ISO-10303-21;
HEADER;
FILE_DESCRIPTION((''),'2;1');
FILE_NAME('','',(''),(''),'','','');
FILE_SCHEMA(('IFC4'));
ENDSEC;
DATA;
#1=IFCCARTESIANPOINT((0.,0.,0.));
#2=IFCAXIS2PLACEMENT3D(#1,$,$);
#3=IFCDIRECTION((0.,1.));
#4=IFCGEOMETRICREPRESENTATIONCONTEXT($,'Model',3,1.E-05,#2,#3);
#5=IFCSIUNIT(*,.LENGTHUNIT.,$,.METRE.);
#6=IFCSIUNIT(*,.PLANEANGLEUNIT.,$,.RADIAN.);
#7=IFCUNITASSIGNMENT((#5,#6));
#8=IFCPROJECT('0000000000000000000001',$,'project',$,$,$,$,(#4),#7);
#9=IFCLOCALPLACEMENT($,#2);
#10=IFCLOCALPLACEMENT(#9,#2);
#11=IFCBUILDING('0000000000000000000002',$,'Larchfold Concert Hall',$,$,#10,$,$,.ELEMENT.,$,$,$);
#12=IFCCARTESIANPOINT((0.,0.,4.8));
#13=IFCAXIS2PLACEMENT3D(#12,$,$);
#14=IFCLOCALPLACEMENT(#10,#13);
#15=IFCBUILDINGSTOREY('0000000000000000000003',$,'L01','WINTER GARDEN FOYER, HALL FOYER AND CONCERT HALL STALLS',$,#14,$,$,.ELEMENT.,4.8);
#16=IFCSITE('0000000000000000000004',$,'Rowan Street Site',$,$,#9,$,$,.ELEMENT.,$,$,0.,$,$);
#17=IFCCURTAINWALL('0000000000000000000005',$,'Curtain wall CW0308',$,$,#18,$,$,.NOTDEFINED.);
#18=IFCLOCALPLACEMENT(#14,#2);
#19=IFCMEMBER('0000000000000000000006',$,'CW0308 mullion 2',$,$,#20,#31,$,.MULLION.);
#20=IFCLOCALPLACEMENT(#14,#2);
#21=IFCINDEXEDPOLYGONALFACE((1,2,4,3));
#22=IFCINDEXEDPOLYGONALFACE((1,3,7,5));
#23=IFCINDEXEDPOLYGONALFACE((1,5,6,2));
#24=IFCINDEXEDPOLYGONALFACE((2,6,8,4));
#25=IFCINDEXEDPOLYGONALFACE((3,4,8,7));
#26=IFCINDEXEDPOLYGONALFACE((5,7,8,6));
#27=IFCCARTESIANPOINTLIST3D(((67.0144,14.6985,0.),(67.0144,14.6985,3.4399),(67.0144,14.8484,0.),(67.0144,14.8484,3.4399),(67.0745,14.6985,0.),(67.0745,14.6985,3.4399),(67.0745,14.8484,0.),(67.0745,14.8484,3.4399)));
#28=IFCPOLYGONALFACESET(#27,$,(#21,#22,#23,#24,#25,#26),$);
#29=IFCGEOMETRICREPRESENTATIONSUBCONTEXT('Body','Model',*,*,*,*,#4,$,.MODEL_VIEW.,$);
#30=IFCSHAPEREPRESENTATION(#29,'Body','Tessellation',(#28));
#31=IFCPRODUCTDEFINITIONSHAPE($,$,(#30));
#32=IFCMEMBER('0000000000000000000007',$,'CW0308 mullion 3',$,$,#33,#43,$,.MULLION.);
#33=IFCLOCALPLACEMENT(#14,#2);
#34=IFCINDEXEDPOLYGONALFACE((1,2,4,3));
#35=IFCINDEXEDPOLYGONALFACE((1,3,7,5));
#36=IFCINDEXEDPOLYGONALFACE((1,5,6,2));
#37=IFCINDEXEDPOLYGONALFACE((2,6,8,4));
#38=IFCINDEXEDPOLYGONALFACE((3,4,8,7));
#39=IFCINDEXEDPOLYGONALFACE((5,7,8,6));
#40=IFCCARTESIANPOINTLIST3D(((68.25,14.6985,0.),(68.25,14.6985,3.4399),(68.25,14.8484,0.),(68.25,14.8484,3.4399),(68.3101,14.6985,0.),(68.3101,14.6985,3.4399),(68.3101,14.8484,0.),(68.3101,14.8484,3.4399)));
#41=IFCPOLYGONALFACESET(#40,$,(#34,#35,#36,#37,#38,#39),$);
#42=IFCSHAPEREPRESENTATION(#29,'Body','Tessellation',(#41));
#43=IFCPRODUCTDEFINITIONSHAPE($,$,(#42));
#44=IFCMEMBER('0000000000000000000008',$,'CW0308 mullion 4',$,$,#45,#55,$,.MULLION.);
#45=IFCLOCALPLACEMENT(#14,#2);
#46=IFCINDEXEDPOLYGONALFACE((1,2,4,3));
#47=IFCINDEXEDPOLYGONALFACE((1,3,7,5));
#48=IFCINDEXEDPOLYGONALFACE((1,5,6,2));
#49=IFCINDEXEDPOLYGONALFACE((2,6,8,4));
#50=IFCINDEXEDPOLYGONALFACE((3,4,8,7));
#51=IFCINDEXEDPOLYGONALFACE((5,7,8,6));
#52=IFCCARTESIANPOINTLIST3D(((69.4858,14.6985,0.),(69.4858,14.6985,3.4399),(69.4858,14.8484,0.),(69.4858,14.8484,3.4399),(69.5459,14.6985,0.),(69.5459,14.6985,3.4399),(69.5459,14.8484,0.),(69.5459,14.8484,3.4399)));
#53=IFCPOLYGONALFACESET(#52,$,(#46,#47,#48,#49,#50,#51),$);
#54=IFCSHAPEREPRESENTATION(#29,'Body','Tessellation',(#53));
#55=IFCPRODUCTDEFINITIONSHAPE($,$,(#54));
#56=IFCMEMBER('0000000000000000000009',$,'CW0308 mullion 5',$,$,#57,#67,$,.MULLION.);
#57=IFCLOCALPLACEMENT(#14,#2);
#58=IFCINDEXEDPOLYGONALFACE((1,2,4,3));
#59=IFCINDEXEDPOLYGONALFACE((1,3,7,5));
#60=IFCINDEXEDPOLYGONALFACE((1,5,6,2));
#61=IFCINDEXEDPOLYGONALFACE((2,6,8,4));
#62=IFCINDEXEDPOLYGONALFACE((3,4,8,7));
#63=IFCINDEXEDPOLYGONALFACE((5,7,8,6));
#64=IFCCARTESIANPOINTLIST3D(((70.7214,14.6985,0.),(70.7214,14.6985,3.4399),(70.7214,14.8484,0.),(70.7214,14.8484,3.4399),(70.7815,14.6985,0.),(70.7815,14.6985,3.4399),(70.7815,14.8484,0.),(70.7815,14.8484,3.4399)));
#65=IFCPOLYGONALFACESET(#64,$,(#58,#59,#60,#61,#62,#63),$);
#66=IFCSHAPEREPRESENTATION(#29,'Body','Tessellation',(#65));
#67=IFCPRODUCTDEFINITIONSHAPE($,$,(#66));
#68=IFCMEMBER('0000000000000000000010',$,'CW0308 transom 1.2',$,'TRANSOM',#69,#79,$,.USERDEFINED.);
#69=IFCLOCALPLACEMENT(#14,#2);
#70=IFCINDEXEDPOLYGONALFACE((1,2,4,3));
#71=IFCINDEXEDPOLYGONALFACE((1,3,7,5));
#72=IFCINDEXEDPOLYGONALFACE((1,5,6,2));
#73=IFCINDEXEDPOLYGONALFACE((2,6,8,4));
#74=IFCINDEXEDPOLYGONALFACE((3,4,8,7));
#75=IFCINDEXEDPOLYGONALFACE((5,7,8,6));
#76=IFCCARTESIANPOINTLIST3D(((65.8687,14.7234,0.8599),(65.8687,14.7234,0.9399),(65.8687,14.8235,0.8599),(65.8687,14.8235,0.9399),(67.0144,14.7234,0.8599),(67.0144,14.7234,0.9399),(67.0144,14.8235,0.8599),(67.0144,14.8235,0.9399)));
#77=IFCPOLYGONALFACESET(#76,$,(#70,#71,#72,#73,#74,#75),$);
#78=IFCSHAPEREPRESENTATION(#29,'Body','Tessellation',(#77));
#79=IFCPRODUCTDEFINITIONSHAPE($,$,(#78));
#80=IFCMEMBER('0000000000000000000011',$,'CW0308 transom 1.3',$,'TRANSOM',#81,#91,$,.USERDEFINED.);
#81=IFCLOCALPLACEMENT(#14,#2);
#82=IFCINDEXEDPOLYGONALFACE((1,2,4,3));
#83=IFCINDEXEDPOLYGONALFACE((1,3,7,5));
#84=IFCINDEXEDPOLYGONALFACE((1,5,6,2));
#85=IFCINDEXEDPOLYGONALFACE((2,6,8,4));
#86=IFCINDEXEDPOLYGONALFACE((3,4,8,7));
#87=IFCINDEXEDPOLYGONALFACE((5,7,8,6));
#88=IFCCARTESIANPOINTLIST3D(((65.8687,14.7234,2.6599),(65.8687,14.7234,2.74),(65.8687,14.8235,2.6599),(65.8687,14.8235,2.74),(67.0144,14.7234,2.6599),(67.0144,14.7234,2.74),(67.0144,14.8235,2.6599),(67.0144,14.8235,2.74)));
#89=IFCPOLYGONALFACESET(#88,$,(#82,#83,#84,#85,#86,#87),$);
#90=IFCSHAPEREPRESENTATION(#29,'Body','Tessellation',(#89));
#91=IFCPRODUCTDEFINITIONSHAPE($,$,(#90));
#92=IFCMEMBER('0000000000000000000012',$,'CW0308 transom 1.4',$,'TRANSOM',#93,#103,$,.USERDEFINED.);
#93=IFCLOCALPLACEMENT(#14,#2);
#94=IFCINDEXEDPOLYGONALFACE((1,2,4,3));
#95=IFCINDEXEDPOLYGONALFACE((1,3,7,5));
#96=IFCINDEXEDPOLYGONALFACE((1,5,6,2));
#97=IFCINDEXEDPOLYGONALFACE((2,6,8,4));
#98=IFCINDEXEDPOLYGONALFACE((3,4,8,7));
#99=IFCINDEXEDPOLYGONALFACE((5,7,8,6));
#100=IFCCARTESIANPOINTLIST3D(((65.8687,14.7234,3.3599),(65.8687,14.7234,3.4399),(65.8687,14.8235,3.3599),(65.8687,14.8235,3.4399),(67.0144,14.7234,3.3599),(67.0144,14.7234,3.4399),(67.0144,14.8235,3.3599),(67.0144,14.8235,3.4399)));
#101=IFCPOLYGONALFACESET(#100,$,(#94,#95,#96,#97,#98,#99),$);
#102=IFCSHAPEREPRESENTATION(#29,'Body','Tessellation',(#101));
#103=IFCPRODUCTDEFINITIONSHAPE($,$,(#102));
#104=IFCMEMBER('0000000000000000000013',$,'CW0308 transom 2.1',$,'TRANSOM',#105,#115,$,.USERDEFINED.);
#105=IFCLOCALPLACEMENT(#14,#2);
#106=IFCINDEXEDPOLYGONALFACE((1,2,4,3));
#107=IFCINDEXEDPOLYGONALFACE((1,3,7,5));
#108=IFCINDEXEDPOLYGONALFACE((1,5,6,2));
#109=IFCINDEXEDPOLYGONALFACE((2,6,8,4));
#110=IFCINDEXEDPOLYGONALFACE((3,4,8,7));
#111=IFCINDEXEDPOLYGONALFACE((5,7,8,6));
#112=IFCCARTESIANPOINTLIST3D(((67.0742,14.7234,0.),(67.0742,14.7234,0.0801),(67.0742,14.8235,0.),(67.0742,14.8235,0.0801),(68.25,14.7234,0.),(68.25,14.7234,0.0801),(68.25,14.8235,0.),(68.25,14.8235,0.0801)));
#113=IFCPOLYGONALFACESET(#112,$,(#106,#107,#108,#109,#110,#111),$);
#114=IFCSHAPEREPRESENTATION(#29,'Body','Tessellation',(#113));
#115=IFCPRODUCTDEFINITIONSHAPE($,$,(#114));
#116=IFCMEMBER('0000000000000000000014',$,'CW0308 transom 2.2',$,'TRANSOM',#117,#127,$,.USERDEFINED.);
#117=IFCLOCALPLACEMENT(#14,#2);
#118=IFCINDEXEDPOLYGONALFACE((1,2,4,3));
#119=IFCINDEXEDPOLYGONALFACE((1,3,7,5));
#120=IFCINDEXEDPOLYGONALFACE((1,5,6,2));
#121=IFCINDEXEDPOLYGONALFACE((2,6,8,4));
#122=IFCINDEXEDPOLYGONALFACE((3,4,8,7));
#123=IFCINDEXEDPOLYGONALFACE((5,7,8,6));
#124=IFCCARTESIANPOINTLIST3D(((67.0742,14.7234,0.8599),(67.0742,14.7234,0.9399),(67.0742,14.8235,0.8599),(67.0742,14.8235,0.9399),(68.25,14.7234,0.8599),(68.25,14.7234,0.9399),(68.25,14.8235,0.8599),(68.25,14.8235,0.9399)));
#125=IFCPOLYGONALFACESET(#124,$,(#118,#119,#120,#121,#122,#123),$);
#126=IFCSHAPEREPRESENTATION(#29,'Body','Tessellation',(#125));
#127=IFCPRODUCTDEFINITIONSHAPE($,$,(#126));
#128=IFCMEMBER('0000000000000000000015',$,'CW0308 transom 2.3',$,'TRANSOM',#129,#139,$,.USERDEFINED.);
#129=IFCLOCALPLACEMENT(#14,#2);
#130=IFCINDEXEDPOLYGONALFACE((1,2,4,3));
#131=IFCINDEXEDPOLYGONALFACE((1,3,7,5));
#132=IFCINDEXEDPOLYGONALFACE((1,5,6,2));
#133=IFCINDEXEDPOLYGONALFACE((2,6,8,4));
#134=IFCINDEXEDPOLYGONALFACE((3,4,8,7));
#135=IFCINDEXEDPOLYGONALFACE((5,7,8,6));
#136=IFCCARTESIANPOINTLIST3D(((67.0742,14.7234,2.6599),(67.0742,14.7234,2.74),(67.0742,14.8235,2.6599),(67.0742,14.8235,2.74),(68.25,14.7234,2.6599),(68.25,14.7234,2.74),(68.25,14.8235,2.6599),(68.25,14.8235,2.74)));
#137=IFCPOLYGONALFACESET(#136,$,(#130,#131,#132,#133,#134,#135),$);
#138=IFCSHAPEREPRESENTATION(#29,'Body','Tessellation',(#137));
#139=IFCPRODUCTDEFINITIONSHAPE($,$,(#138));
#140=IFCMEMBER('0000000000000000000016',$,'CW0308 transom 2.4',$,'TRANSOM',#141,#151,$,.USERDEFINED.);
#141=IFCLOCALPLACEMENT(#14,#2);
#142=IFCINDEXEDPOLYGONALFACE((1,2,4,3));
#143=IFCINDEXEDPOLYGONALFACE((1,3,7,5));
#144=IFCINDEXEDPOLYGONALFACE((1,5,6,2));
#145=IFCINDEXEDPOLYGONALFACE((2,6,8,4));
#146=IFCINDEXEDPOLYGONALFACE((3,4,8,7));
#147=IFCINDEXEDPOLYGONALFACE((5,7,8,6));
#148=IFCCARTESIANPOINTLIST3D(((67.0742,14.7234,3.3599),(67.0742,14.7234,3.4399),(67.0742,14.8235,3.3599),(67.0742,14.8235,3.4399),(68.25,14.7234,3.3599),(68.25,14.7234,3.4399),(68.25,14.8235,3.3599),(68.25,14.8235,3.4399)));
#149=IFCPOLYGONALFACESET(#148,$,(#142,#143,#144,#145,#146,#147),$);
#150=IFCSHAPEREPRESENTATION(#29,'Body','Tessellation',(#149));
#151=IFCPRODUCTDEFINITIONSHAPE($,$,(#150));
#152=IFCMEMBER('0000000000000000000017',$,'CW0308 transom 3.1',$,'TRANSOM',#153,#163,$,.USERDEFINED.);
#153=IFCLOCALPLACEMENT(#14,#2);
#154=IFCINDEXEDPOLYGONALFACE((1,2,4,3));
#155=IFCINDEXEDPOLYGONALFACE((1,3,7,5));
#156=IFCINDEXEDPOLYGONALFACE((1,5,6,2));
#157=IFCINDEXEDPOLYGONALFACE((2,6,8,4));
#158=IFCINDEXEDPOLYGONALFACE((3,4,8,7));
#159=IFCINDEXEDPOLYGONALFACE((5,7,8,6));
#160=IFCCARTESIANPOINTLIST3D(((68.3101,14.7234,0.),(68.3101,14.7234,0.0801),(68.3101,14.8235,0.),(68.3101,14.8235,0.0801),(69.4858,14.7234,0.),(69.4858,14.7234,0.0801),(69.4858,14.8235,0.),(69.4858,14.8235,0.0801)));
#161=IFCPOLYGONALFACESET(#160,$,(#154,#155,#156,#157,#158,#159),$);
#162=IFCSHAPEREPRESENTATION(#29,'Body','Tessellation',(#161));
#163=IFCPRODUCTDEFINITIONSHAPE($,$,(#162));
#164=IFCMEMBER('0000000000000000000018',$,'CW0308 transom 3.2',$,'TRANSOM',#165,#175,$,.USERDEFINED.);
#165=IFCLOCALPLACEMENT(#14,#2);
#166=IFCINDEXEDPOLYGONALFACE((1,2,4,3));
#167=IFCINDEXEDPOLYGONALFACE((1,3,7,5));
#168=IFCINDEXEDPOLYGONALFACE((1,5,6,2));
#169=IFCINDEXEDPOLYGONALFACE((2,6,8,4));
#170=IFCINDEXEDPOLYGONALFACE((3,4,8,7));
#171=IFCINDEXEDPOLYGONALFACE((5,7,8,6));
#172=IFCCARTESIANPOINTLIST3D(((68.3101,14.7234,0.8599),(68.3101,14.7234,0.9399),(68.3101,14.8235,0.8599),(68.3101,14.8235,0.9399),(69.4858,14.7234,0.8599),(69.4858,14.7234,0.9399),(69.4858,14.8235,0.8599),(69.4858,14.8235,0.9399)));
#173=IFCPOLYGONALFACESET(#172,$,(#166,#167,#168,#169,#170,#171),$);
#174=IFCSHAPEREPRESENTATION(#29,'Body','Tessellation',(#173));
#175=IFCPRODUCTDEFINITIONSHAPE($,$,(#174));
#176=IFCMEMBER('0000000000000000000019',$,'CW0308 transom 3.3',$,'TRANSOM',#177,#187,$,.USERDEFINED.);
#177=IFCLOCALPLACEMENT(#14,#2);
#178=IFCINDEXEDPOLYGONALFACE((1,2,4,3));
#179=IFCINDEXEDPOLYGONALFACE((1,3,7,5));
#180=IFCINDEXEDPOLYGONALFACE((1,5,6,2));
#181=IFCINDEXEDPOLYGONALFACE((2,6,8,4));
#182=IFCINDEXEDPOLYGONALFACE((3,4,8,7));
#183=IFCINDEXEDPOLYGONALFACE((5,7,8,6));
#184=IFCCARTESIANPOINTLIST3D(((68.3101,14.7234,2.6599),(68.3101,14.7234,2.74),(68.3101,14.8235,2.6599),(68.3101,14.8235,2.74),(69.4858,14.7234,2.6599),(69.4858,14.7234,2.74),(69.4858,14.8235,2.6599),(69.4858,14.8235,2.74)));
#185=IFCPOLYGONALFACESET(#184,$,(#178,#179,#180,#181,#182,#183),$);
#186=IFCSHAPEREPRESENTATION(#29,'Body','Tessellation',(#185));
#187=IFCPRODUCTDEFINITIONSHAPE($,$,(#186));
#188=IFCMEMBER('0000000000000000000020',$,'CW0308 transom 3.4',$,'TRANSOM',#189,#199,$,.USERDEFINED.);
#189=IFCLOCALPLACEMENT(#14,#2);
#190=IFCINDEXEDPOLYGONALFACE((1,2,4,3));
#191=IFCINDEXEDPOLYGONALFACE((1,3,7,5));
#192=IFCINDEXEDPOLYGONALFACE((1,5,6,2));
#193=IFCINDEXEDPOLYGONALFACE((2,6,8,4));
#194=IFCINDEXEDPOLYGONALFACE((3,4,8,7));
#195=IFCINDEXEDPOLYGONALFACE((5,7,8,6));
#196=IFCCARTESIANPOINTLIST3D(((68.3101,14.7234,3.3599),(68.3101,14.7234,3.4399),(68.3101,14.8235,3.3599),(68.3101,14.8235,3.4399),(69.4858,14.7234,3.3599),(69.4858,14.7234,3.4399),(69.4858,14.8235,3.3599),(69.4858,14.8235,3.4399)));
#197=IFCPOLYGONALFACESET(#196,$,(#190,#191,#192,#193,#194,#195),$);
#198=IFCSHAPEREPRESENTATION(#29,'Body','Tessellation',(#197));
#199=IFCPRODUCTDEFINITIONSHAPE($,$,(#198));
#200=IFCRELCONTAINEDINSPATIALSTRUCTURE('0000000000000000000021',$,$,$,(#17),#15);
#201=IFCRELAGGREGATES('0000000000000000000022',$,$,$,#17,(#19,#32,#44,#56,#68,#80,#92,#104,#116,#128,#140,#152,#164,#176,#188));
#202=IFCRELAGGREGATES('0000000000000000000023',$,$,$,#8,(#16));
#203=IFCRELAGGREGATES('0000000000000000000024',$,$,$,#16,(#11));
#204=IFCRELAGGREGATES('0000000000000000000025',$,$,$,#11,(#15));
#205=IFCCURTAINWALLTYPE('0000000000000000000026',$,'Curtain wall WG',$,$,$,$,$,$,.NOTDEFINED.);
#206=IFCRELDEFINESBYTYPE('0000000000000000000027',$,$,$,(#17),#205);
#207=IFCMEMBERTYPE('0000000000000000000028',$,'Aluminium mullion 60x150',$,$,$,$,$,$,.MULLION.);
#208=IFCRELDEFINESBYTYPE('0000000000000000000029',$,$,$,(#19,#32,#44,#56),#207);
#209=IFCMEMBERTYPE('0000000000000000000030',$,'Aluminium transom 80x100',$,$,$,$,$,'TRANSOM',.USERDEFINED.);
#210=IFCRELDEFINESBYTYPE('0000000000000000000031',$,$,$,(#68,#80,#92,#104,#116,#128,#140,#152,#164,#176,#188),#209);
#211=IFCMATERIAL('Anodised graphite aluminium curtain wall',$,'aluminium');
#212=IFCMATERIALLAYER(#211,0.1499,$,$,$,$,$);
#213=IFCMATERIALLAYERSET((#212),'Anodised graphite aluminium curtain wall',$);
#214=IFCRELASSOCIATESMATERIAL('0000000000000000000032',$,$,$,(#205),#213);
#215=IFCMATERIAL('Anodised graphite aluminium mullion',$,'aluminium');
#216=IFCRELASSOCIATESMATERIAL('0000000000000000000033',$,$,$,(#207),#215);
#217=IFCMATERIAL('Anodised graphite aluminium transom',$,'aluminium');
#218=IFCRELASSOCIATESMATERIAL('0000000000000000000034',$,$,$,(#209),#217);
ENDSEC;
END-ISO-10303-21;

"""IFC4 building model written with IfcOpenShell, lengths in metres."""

from ifc_helpers import new_model, si_unit, direction, frame, origin, origin_2d, place, context, subcontext, project, spatial, rectangle, extrude, material, layer, layer_set, material_profile, profile_set, type_object, element, aggregate, save


model = new_model("IFC4")

# Units and contexts
model_context = context("Model", 3, precision=1e-05, world=origin(), true_north=direction((0.0, 1.0)))
body_context = subcontext(model_context, "Body", "Model", "MODEL_VIEW")
ifc_project = project(units=[si_unit("LENGTHUNIT", "METRE"), si_unit("PLANEANGLEUNIT", "RADIAN")], contexts=[model_context])

# Site, building, storey
site_placement = place(None, origin())
site = spatial("IfcSite", under=ifc_project, at=site_placement, Name="Rowan Street Site", CompositionType="ELEMENT", RefElevation=0.0)
building_placement = place(site_placement, origin())
building = spatial("IfcBuilding", under=site, at=building_placement, Name="Larchfold Concert Hall", CompositionType="ELEMENT")
storey_placement = place(building_placement, frame((0.0, 0.0, 4.8)))
storey = spatial("IfcBuildingStorey", under=building, at=storey_placement, Name="L01", Description="WINTER GARDEN FOYER, HALL FOYER AND CONCERT HALL STALLS", CompositionType="ELEMENT", Elevation=4.8)

# Curtain wall, members
ifc_material_1 = material(Name="Anodised graphite aluminium curtain wall", Category="aluminium")
ifc_layer_1 = layer(ifc_material_1, 0.1499)
ifc_layer_set_1 = layer_set([ifc_layer_1], Name="Anodised graphite aluminium curtain wall")
curtain_wall_type = type_object("IfcCurtainWallType", Name="Curtain wall WG", PredefinedType="NOTDEFINED", material=ifc_layer_set_1)
curtain_wall_placement = place(storey_placement, origin())
curtain_wall = element("IfcCurtainWall", 1, at=curtain_wall_placement, inside=storey, type_object=curtain_wall_type, Name="Curtain wall CW0308", PredefinedType="NOTDEFINED")
ifc_material_2 = material(Name="Anodised graphite aluminium mullion", Category="aluminium")
ifc_material_profile_1 = material_profile(ifc_material_2, rectangle(XDim=0.1499, YDim=0.0601, at=origin_2d()))
ifc_profile_set_1 = profile_set([ifc_material_profile_1], Name="Anodised graphite aluminium mullion")
member_type_1 = type_object("IfcMemberType", Name="Aluminium mullion 60x150", PredefinedType="MULLION", material=ifc_profile_set_1)
member_1_placement = place(storey_placement, frame((67.0444, 14.7734, 0.0), z_axis=(0.0, 0.0, 1.0), x_axis=(0.0, 1.0, 0.0)))
member_1 = element("IfcMember", 2, at=member_1_placement, type_object=member_type_1, Name="CW0308 mullion 2", PredefinedType="MULLION", context=body_context, shape_type="SweptSolid", body=[
    extrude(rectangle(XDim=0.1499, YDim=0.0601, at=origin_2d()), origin(), (0.0, 0.0, 1.0), 3.4399),
])
member_2_placement = place(storey_placement, frame((68.28, 14.7734, 0.0), z_axis=(0.0, 0.0, 1.0), x_axis=(0.0, 1.0, 0.0)))
member_2 = element("IfcMember", 3, at=member_2_placement, type_object=member_type_1, Name="CW0308 mullion 3", PredefinedType="MULLION", context=body_context, shape_type="SweptSolid", body=[
    extrude(rectangle(XDim=0.1499, YDim=0.0601, at=origin_2d()), origin(), (0.0, 0.0, 1.0), 3.4399),
])
member_3_placement = place(storey_placement, frame((69.5159, 14.7734, 0.0), z_axis=(0.0, 0.0, 1.0), x_axis=(0.0, 1.0, 0.0)))
member_3 = element("IfcMember", 4, at=member_3_placement, type_object=member_type_1, Name="CW0308 mullion 4", PredefinedType="MULLION", context=body_context, shape_type="SweptSolid", body=[
    extrude(rectangle(XDim=0.1499, YDim=0.0601, at=origin_2d()), origin(), (0.0, 0.0, 1.0), 3.4399),
])
member_4_placement = place(storey_placement, frame((70.7515, 14.7734, 0.0), z_axis=(0.0, 0.0, 1.0), x_axis=(0.0, 1.0, 0.0)))
member_4 = element("IfcMember", 5, at=member_4_placement, type_object=member_type_1, Name="CW0308 mullion 5", PredefinedType="MULLION", context=body_context, shape_type="SweptSolid", body=[
    extrude(rectangle(XDim=0.1499, YDim=0.0601, at=origin_2d()), origin(), (0.0, 0.0, 1.0), 3.4399),
])
ifc_material_3 = material(Name="Anodised graphite aluminium transom", Category="aluminium")
ifc_material_profile_2 = material_profile(ifc_material_3, rectangle(XDim=0.1001, YDim=0.0801, at=origin_2d()))
ifc_profile_set_2 = profile_set([ifc_material_profile_2], Name="Anodised graphite aluminium transom")
member_type_2 = type_object("IfcMemberType", Name="Aluminium transom 80x100", ElementType="TRANSOM", PredefinedType="USERDEFINED", material=ifc_profile_set_2)
member_5_placement = place(storey_placement, frame((65.8687, 14.7734, 0.8999), z_axis=(1.0, 0.0, 0.0), x_axis=(0.0, 1.0, 0.0)))
member_5 = element("IfcMember", 6, at=member_5_placement, type_object=member_type_2, Name="CW0308 transom 1.2", ObjectType="TRANSOM", PredefinedType="USERDEFINED", context=body_context, shape_type="SweptSolid", body=[
    extrude(rectangle(XDim=0.1001, YDim=0.0801, at=origin_2d()), origin(), (0.0, 0.0, 1.0), 1.1458),
])
member_6_placement = place(storey_placement, frame((65.8687, 14.7734, 2.7), z_axis=(1.0, 0.0, 0.0), x_axis=(0.0, 1.0, 0.0)))
member_6 = element("IfcMember", 7, at=member_6_placement, type_object=member_type_2, Name="CW0308 transom 1.3", ObjectType="TRANSOM", PredefinedType="USERDEFINED", context=body_context, shape_type="SweptSolid", body=[
    extrude(rectangle(XDim=0.1001, YDim=0.0801, at=origin_2d()), origin(), (0.0, 0.0, 1.0), 1.1458),
])
member_7_placement = place(storey_placement, frame((65.8687, 14.7734, 3.3999), z_axis=(1.0, 0.0, 0.0), x_axis=(0.0, 1.0, 0.0)))
member_7 = element("IfcMember", 8, at=member_7_placement, type_object=member_type_2, Name="CW0308 transom 1.4", ObjectType="TRANSOM", PredefinedType="USERDEFINED", context=body_context, shape_type="SweptSolid", body=[
    extrude(rectangle(XDim=0.1001, YDim=0.0801, at=origin_2d()), origin(), (0.0, 0.0, 1.0), 1.1458),
])
member_8_placement = place(storey_placement, frame((67.0742, 14.7734, 0.04), z_axis=(1.0, 0.0, 0.0), x_axis=(0.0, 1.0, 0.0)))
member_8 = element("IfcMember", 9, at=member_8_placement, type_object=member_type_2, Name="CW0308 transom 2.1", ObjectType="TRANSOM", PredefinedType="USERDEFINED", context=body_context, shape_type="SweptSolid", body=[
    extrude(rectangle(XDim=0.1001, YDim=0.0801, at=origin_2d()), origin(), (0.0, 0.0, 1.0), 1.1758),
])
member_9_placement = place(storey_placement, frame((67.0742, 14.7734, 0.8999), z_axis=(1.0, 0.0, 0.0), x_axis=(0.0, 1.0, 0.0)))
member_9 = element("IfcMember", 10, at=member_9_placement, type_object=member_type_2, Name="CW0308 transom 2.2", ObjectType="TRANSOM", PredefinedType="USERDEFINED", context=body_context, shape_type="SweptSolid", body=[
    extrude(rectangle(XDim=0.1001, YDim=0.0801, at=origin_2d()), origin(), (0.0, 0.0, 1.0), 1.1758),
])
member_10_placement = place(storey_placement, frame((67.0742, 14.7734, 2.7), z_axis=(1.0, 0.0, 0.0), x_axis=(0.0, 1.0, 0.0)))
member_10 = element("IfcMember", 11, at=member_10_placement, type_object=member_type_2, Name="CW0308 transom 2.3", ObjectType="TRANSOM", PredefinedType="USERDEFINED", context=body_context, shape_type="SweptSolid", body=[
    extrude(rectangle(XDim=0.1001, YDim=0.0801, at=origin_2d()), origin(), (0.0, 0.0, 1.0), 1.1758),
])
member_11_placement = place(storey_placement, frame((67.0742, 14.7734, 3.3999), z_axis=(1.0, 0.0, 0.0), x_axis=(0.0, 1.0, 0.0)))
member_11 = element("IfcMember", 12, at=member_11_placement, type_object=member_type_2, Name="CW0308 transom 2.4", ObjectType="TRANSOM", PredefinedType="USERDEFINED", context=body_context, shape_type="SweptSolid", body=[
    extrude(rectangle(XDim=0.1001, YDim=0.0801, at=origin_2d()), origin(), (0.0, 0.0, 1.0), 1.1758),
])
member_12_placement = place(storey_placement, frame((68.3101, 14.7734, 0.04), z_axis=(1.0, 0.0, 0.0), x_axis=(0.0, 1.0, 0.0)))
member_12 = element("IfcMember", 13, at=member_12_placement, type_object=member_type_2, Name="CW0308 transom 3.1", ObjectType="TRANSOM", PredefinedType="USERDEFINED", context=body_context, shape_type="SweptSolid", body=[
    extrude(rectangle(XDim=0.1001, YDim=0.0801, at=origin_2d()), origin(), (0.0, 0.0, 1.0), 1.1758),
])
member_13_placement = place(storey_placement, frame((68.3101, 14.7734, 0.8999), z_axis=(1.0, 0.0, 0.0), x_axis=(0.0, 1.0, 0.0)))
member_13 = element("IfcMember", 14, at=member_13_placement, type_object=member_type_2, Name="CW0308 transom 3.2", ObjectType="TRANSOM", PredefinedType="USERDEFINED", context=body_context, shape_type="SweptSolid", body=[
    extrude(rectangle(XDim=0.1001, YDim=0.0801, at=origin_2d()), origin(), (0.0, 0.0, 1.0), 1.1758),
])
member_14_placement = place(storey_placement, frame((68.3101, 14.7734, 2.7), z_axis=(1.0, 0.0, 0.0), x_axis=(0.0, 1.0, 0.0)))
member_14 = element("IfcMember", 15, at=member_14_placement, type_object=member_type_2, Name="CW0308 transom 3.3", ObjectType="TRANSOM", PredefinedType="USERDEFINED", context=body_context, shape_type="SweptSolid", body=[
    extrude(rectangle(XDim=0.1001, YDim=0.0801, at=origin_2d()), origin(), (0.0, 0.0, 1.0), 1.1758),
])
member_15_placement = place(storey_placement, frame((68.3101, 14.7734, 3.3999), z_axis=(1.0, 0.0, 0.0), x_axis=(0.0, 1.0, 0.0)))
member_15 = element("IfcMember", 16, at=member_15_placement, type_object=member_type_2, Name="CW0308 transom 3.4", ObjectType="TRANSOM", PredefinedType="USERDEFINED", context=body_context, shape_type="SweptSolid", body=[
    extrude(rectangle(XDim=0.1001, YDim=0.0801, at=origin_2d()), origin(), (0.0, 0.0, 1.0), 1.1758),
])
aggregate(curtain_wall, [member_1, member_2, member_3, member_4, member_5, member_6, member_7, member_8, member_9, member_10, member_11, member_12, member_13, member_14, member_15])

save(model, "model.ifc")
